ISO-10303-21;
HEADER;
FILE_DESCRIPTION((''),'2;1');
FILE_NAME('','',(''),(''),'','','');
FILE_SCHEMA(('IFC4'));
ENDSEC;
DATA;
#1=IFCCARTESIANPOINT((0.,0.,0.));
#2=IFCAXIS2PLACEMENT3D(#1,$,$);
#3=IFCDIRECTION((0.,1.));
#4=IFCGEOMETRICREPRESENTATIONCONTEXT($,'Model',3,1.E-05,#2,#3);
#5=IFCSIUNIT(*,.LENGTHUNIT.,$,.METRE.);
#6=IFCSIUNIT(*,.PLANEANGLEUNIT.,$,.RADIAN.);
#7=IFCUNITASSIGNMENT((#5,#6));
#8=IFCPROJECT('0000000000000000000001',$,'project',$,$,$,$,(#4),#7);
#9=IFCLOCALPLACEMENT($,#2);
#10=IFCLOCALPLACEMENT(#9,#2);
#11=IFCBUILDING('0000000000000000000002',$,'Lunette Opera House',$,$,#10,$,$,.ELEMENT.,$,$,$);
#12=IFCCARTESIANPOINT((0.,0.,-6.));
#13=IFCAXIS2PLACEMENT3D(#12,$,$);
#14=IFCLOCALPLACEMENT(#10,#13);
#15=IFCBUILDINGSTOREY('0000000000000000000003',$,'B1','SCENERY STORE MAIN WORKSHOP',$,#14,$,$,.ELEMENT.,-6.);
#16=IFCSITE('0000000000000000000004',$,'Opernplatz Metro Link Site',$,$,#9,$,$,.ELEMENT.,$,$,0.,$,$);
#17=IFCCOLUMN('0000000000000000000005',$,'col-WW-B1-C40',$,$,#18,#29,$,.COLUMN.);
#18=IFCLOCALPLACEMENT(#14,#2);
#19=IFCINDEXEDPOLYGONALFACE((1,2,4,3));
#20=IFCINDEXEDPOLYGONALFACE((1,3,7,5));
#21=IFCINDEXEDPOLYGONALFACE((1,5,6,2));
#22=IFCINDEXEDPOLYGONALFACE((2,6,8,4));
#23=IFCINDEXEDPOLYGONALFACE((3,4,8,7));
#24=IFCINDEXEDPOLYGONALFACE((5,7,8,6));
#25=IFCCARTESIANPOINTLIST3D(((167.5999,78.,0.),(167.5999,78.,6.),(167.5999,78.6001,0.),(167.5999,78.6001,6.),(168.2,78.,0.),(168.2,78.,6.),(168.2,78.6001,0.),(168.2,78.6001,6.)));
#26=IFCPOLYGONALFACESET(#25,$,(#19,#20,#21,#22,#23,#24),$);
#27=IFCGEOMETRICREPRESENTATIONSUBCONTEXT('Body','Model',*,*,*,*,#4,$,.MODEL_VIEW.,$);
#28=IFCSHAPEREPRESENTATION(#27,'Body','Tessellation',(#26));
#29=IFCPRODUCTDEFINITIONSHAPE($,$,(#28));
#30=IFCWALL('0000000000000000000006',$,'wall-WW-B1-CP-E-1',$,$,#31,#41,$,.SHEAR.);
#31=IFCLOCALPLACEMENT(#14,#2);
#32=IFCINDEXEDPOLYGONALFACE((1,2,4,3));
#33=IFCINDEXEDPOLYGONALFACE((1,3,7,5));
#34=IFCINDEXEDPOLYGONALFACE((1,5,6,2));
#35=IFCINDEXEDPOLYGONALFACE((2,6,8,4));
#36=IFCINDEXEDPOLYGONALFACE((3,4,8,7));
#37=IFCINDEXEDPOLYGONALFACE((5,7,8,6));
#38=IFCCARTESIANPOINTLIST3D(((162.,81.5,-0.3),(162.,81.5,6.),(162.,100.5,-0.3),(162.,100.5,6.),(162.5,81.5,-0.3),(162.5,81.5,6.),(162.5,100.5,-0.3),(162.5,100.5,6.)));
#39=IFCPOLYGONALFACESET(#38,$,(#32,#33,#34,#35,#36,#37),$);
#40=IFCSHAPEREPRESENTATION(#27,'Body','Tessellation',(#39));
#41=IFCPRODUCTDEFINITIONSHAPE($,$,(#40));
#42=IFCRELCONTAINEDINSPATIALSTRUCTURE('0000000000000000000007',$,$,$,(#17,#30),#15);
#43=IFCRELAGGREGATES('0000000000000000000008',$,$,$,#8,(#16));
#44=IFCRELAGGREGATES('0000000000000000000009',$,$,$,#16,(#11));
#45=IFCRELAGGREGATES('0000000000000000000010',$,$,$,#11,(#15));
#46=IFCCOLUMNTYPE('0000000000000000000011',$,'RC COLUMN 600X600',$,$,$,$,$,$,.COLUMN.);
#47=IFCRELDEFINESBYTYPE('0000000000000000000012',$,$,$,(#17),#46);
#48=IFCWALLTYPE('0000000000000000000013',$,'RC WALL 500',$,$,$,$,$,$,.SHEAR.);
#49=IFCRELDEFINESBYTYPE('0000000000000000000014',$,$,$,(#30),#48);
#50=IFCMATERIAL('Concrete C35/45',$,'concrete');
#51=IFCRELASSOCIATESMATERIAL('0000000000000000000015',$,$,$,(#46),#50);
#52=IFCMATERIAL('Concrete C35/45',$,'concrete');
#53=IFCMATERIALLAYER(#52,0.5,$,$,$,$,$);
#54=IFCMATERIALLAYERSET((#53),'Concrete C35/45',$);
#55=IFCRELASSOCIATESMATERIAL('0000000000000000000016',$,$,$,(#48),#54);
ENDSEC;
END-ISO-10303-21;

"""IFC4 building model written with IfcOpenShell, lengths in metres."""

from ifc_helpers import new_model, si_unit, direction, frame, frame_2d, origin, origin_2d, place, context, subcontext, project, spatial, rectangle, extrude, material, layer, layer_set, material_profile, profile_set, type_object, element, save


model = new_model("IFC4")

# Units and contexts
model_context = context("Model", 3, precision=1e-05, world=origin(), true_north=direction((0.0, 1.0)))
body_context = subcontext(model_context, "Body", "Model", "MODEL_VIEW")
ifc_project = project(units=[si_unit("LENGTHUNIT", "METRE"), si_unit("PLANEANGLEUNIT", "RADIAN")], contexts=[model_context])

# Site, building, storey
site_placement = place(None, origin())
site = spatial("IfcSite", under=ifc_project, at=site_placement, Name="Opernplatz Metro Link Site", CompositionType="ELEMENT", RefElevation=0.0)
building_placement = place(site_placement, origin())
building = spatial("IfcBuilding", under=site, at=building_placement, Name="Lunette Opera House", CompositionType="ELEMENT")
storey_placement = place(building_placement, frame((0.0, 0.0, -6.0)))
storey = spatial("IfcBuildingStorey", under=building, at=storey_placement, Name="B1", Description="SCENERY STORE MAIN WORKSHOP", CompositionType="ELEMENT", Elevation=-6.0)

# Column
ifc_material_1 = material(Name="Concrete C35/45", Category="concrete")
ifc_material_profile_1 = material_profile(ifc_material_1, rectangle(XDim=0.6001, YDim=0.6001, at=origin_2d()), Name="RC COLUMN 600X600")
ifc_profile_set_1 = profile_set([ifc_material_profile_1], Name="Concrete C35/45")
column_type = type_object("IfcColumnType", Name="RC COLUMN 600X600", PredefinedType="COLUMN", material=ifc_profile_set_1)
for number, where, z_axis, x_axis, name in (
    (1, (167.8999, 78.3, 0.0), (0.0, 0.0, 1.0), (1.0, 0.0, 0.0), "col-WW-B1-C40"),
):
    element("IfcColumn", number, at=place(storey_placement, frame(where, z_axis=z_axis, x_axis=x_axis)), inside=storey, type_object=column_type, Name=name, PredefinedType="COLUMN", context=body_context, shape_type="SweptSolid", body=[
        extrude(rectangle(XDim=0.6001, YDim=0.6001, at=origin_2d()), origin(), (0.0, 0.0, 1.0), 6.0),
    ])

# Wall
ifc_material_2 = material(Name="Concrete C35/45", Category="concrete")
ifc_layer = layer(ifc_material_2, 0.5)
ifc_layer_set = layer_set([ifc_layer], Name="Concrete C35/45")
wall_type = type_object("IfcWallType", Name="RC WALL 500", PredefinedType="SHEAR", material=ifc_layer_set)
wall_placement = place(storey_placement, frame((162.25, 81.5, -0.3), z_axis=(0.0, 0.0, 1.0), x_axis=(0.0, 1.0, 0.0)))
element("IfcWall", 2, at=wall_placement, inside=storey, type_object=wall_type, Name="wall-WW-B1-CP-E-1", PredefinedType="SHEAR", context=body_context, shape_type="SweptSolid", body=[
    extrude(rectangle(XDim=19.0, YDim=0.5, at=frame_2d((9.5, 0.0))), origin(), (0.0, 0.0, 1.0), 6.3),
])

save(model, "model.ifc")
